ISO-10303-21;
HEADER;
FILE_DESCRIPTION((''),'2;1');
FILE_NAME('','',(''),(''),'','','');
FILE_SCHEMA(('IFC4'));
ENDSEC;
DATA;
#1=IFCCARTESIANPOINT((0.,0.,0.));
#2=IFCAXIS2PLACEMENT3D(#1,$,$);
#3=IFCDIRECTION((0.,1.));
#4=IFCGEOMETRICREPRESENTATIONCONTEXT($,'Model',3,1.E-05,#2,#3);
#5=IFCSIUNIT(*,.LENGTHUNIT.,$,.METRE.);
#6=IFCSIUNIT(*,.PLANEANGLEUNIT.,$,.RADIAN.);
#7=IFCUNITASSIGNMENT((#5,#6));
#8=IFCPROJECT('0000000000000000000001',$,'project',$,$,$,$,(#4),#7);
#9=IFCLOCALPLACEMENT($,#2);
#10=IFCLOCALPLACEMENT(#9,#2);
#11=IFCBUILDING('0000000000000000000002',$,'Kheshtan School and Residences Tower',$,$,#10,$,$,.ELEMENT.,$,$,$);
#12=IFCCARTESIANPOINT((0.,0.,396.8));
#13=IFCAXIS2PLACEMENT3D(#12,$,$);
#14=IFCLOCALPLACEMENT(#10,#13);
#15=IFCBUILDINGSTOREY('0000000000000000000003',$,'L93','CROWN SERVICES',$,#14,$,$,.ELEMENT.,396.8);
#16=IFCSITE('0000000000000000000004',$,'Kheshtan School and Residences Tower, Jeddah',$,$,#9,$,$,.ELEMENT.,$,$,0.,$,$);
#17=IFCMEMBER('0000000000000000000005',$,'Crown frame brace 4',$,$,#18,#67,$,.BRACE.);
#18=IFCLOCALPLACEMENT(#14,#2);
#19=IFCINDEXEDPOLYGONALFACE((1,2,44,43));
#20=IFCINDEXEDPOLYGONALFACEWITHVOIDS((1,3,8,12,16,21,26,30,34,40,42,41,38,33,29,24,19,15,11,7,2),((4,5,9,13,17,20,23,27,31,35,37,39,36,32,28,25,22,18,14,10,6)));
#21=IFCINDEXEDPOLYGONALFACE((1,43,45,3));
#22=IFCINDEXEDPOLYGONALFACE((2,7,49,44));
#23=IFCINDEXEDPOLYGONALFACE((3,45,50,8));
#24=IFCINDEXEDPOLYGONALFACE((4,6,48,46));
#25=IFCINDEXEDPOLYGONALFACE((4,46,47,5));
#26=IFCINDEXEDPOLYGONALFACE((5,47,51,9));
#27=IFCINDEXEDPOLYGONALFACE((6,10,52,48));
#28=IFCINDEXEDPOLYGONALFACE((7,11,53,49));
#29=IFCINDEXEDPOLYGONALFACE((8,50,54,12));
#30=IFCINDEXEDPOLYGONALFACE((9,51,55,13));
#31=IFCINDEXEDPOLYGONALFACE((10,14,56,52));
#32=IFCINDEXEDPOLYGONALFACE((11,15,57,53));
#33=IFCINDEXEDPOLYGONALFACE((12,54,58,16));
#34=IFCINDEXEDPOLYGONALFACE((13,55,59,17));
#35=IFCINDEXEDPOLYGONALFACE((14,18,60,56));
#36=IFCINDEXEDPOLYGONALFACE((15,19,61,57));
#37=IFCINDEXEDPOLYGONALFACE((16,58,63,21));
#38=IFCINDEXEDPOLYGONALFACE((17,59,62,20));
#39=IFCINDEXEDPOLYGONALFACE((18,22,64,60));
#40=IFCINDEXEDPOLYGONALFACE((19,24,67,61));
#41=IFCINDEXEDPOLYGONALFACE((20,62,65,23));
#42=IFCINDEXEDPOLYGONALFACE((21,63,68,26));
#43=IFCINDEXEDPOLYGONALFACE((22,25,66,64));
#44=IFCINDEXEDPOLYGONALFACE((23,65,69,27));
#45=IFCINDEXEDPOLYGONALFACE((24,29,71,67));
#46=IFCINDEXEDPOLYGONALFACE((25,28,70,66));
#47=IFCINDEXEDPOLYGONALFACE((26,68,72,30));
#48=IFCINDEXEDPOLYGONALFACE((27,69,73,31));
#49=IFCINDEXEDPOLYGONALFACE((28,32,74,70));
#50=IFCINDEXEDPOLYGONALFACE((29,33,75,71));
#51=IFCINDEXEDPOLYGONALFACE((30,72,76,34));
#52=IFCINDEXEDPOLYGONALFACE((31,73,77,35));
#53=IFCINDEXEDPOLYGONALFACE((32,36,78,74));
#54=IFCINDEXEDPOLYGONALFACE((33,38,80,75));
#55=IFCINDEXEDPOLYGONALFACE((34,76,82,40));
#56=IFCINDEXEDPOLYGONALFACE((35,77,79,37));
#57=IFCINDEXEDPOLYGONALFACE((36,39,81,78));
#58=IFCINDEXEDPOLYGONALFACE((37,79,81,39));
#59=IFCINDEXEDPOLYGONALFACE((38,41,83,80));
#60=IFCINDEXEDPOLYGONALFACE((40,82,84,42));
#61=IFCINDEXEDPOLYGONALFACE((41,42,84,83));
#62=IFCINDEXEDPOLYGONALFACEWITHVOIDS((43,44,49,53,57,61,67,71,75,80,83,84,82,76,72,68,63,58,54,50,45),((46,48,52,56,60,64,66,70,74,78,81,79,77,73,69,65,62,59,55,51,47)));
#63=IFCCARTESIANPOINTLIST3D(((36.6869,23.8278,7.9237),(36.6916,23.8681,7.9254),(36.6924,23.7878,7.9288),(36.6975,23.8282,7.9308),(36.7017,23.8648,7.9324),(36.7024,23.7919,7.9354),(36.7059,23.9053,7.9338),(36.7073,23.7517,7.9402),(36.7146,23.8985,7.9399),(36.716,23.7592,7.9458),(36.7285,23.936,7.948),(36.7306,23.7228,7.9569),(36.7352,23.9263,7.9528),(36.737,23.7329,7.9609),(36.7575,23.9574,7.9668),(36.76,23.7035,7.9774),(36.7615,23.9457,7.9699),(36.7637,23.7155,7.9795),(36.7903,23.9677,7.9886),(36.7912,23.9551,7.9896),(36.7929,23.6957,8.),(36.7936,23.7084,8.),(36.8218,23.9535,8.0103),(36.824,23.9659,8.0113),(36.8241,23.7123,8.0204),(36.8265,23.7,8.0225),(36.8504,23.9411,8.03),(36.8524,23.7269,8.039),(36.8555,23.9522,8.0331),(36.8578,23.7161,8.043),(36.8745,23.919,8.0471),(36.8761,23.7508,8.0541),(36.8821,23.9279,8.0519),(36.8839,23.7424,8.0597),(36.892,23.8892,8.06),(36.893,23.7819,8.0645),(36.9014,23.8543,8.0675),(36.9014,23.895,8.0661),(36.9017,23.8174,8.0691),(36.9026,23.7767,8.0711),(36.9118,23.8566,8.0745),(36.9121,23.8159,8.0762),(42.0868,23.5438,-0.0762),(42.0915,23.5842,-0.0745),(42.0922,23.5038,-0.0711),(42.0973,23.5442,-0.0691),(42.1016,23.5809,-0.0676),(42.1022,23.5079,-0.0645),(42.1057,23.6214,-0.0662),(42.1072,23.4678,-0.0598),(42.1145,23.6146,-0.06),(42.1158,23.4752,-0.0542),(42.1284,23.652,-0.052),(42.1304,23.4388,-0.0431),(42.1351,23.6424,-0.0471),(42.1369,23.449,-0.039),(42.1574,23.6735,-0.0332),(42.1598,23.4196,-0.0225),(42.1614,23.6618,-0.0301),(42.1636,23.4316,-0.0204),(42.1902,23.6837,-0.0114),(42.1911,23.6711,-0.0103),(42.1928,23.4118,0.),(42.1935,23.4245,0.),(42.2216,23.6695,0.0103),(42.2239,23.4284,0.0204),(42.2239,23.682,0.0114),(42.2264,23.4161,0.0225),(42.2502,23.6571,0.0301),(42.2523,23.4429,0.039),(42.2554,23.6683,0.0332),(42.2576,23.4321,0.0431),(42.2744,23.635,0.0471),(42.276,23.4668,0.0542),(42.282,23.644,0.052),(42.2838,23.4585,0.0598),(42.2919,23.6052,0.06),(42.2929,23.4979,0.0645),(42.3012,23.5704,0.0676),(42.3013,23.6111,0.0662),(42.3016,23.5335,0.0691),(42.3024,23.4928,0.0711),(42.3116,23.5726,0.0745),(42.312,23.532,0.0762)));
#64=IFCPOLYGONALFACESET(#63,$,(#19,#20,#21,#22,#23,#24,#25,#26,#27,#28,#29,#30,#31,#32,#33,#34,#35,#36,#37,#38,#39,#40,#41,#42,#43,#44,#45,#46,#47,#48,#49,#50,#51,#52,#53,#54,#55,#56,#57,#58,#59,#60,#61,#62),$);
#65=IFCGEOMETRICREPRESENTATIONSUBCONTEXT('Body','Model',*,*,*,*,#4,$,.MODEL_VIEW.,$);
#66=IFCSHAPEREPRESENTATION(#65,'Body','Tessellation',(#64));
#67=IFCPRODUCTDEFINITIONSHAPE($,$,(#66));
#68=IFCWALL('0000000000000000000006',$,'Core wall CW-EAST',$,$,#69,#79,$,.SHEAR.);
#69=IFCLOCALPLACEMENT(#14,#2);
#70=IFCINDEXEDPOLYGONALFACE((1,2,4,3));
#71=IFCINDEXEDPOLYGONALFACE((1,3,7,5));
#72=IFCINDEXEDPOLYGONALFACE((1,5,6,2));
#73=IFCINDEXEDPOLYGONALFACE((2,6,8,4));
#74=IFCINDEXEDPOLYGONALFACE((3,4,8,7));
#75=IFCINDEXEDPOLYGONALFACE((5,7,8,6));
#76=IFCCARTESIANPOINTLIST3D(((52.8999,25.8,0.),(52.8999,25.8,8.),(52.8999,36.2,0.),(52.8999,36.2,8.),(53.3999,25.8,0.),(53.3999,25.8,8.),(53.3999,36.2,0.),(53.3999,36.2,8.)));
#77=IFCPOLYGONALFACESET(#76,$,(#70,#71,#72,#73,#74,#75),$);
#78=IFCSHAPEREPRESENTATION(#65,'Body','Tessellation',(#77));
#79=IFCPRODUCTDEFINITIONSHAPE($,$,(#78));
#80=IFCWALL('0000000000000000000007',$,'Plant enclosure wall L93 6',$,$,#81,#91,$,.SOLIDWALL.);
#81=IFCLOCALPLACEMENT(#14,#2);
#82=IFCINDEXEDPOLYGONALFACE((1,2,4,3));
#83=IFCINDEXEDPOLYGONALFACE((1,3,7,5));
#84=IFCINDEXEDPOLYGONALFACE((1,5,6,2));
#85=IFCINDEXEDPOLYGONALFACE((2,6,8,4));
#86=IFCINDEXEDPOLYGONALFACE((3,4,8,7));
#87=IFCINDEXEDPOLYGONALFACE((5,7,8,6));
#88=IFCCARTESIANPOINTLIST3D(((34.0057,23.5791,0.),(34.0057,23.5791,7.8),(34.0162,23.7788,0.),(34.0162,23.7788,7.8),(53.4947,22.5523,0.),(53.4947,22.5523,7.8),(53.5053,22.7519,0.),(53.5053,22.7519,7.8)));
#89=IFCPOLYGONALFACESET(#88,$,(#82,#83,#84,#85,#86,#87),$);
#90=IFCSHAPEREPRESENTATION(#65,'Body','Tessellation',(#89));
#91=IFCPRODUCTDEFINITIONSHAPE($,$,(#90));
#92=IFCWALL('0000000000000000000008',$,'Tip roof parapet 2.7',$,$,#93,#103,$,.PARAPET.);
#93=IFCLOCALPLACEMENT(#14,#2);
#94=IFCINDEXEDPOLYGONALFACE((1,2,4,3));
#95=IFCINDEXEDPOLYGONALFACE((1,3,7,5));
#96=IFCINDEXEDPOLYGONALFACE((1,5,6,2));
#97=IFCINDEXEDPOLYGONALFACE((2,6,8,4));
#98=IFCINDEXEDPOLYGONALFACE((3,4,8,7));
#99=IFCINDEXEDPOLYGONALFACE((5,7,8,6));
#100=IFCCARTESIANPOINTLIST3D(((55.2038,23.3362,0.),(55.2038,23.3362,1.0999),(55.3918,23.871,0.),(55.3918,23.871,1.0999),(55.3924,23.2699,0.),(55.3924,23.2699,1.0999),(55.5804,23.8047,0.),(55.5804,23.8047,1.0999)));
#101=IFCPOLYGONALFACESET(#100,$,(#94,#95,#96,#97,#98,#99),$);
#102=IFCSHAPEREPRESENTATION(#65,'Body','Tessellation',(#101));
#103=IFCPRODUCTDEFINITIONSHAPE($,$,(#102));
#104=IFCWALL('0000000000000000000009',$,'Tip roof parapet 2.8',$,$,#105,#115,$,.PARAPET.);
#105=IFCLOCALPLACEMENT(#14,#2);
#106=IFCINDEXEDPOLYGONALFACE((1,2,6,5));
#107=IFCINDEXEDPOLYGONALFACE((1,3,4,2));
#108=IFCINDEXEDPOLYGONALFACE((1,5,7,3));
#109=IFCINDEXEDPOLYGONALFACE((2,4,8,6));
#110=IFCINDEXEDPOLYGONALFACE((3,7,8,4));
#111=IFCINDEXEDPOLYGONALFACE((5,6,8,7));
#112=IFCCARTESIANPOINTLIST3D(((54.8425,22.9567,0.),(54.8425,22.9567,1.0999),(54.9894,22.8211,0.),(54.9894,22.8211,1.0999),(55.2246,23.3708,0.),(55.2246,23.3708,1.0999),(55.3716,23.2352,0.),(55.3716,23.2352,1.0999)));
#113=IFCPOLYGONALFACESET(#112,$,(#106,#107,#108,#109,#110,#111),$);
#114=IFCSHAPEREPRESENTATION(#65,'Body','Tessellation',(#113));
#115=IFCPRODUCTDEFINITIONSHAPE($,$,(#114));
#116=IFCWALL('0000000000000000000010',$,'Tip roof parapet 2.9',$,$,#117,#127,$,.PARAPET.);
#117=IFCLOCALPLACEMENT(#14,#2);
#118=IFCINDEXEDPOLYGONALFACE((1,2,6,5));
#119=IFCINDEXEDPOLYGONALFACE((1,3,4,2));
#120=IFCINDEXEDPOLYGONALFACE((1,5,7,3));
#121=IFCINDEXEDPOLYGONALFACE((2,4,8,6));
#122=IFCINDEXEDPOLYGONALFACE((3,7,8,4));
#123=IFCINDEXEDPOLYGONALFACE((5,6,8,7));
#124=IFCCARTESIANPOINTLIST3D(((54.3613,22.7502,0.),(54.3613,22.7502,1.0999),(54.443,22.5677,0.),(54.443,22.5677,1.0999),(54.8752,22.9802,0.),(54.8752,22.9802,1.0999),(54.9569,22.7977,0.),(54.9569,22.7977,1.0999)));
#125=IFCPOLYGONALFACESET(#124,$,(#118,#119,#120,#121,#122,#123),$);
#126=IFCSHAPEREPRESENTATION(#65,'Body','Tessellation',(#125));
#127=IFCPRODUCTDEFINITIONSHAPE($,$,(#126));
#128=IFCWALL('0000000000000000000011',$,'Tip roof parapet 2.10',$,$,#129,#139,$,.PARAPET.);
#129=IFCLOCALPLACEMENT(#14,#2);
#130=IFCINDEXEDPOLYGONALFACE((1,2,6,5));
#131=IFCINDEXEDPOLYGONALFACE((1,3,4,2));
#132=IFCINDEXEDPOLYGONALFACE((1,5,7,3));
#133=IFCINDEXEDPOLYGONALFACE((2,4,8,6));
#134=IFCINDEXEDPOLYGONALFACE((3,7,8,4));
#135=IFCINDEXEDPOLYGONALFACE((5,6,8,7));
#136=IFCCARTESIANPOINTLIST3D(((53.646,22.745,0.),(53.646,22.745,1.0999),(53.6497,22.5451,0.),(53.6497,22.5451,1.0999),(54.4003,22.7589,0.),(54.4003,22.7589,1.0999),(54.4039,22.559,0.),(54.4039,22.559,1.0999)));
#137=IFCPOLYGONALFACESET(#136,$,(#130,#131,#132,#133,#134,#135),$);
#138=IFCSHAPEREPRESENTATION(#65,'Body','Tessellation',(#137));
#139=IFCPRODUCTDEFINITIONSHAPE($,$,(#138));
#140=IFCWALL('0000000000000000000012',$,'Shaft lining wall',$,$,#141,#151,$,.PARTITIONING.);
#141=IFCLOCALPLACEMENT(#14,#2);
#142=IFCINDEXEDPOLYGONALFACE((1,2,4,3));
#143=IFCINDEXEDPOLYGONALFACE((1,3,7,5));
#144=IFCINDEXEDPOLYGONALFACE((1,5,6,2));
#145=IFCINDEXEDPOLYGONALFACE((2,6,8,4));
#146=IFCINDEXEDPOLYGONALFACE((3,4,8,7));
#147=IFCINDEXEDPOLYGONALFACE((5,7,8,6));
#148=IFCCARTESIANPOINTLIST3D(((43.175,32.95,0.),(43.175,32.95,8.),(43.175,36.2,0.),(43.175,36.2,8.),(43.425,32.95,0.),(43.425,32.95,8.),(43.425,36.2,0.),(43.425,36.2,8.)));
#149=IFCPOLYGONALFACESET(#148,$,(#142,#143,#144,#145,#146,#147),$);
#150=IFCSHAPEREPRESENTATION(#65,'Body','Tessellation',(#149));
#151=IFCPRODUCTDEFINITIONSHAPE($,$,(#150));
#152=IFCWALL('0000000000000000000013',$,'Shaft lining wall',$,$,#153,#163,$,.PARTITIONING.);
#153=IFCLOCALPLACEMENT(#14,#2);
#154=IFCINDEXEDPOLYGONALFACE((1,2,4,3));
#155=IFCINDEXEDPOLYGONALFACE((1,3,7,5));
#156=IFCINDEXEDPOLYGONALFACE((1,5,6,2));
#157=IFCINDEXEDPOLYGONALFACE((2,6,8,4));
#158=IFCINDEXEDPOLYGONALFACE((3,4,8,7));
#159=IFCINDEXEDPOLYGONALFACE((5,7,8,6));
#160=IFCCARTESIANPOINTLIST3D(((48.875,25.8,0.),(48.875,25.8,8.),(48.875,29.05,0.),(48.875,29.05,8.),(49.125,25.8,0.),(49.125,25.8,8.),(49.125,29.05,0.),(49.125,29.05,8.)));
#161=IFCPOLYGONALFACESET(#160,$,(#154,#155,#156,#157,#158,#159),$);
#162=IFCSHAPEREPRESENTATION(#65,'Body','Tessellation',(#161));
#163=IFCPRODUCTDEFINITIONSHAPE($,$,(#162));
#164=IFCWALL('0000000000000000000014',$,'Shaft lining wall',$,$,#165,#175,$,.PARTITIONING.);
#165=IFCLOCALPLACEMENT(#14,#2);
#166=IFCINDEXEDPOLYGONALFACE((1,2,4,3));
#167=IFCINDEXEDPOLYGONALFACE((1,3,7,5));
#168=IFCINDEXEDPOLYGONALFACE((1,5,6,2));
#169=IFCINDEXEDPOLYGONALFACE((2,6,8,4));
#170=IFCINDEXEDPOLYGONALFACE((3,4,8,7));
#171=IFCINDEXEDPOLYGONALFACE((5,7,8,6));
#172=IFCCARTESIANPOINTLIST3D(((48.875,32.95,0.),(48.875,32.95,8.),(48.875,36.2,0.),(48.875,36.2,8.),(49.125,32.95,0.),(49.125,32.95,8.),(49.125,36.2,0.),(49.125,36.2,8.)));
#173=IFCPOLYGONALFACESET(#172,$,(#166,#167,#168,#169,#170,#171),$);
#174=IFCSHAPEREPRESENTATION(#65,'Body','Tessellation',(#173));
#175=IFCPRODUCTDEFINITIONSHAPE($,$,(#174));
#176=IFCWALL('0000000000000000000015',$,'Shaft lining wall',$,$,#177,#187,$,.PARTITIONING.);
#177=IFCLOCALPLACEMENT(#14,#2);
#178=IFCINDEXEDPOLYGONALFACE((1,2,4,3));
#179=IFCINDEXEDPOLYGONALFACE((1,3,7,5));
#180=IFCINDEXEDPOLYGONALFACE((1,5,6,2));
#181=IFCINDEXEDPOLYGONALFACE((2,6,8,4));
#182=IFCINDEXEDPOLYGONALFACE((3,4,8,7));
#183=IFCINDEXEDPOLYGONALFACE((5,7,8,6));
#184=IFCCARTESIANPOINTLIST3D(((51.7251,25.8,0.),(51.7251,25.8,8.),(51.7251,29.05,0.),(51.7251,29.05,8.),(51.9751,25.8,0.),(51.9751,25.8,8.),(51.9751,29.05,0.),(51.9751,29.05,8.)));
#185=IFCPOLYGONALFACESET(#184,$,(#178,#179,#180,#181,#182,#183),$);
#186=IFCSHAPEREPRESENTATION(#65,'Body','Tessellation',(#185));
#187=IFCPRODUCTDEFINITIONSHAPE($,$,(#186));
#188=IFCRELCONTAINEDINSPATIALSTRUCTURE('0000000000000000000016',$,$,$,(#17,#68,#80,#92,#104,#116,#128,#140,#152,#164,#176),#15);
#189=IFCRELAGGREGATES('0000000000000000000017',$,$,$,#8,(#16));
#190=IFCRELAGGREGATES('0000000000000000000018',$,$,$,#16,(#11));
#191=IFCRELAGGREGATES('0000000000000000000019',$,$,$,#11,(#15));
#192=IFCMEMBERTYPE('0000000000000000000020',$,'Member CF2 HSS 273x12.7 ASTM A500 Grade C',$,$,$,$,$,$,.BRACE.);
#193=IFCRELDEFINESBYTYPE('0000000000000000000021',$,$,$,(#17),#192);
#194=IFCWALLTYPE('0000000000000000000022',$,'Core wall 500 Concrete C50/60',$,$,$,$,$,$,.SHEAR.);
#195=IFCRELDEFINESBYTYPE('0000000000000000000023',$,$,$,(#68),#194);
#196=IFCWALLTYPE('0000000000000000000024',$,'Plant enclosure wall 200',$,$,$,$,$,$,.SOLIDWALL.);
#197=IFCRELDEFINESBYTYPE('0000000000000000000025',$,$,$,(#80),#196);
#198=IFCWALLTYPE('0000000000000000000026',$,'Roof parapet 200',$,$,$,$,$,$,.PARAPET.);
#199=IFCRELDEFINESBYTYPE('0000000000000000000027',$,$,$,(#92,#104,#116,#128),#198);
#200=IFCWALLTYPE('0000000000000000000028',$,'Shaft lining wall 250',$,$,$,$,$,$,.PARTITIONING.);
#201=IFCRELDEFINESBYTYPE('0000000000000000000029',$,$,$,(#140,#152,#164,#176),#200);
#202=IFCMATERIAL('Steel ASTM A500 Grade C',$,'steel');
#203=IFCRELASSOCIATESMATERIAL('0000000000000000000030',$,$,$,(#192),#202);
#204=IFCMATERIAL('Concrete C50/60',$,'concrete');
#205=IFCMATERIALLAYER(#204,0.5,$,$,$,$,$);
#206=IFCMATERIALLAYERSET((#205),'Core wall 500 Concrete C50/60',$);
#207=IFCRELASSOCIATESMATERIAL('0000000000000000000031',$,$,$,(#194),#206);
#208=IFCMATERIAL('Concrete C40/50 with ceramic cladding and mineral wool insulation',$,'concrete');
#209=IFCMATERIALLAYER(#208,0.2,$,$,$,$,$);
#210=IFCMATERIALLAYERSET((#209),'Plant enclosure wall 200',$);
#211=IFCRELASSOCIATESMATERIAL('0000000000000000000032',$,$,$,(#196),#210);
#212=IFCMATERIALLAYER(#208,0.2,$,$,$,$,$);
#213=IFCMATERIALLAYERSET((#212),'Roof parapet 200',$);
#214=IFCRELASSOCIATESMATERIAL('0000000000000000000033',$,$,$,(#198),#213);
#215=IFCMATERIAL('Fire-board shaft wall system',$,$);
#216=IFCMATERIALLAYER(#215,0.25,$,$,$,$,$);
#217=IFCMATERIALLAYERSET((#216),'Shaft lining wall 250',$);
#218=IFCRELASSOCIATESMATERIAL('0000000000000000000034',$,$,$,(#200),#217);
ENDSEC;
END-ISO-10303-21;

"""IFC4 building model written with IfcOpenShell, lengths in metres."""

from ifc_helpers import new_model, si_unit, direction, frame, frame_2d, origin, origin_2d, place, context, subcontext, project, spatial, rectangle, hollow_circle, extrude, material, layer, layer_set, material_profile, profile_set, type_object, element, save


model = new_model("IFC4")

# Units and contexts
model_context = context("Model", 3, precision=1e-05, world=origin(), true_north=direction((0.0, 1.0)))
body_context = subcontext(model_context, "Body", "Model", "MODEL_VIEW")
ifc_project = project(units=[si_unit("LENGTHUNIT", "METRE"), si_unit("PLANEANGLEUNIT", "RADIAN")], contexts=[model_context])

# Site, building, storey
site_placement = place(None, origin())
site = spatial("IfcSite", under=ifc_project, at=site_placement, Name="Kheshtan School and Residences Tower, Jeddah", CompositionType="ELEMENT", RefElevation=0.0)
building_placement = place(site_placement, origin())
building = spatial("IfcBuilding", under=site, at=building_placement, Name="Kheshtan School and Residences Tower", CompositionType="ELEMENT")
storey_placement = place(building_placement, frame((0.0, 0.0, 396.8)))
storey = spatial("IfcBuildingStorey", under=building, at=storey_placement, Name="L93", Description="CROWN SERVICES", CompositionType="ELEMENT", Elevation=396.8)

# Shared definitions
ifc_material_1 = material(Name="Steel ASTM A500 Grade C", Category="steel")

# Member
ifc_material_profile_1 = material_profile(ifc_material_1, hollow_circle(Radius=0.1365, WallThickness=0.0127, at=origin_2d()), Name="HSS 273x12.7")
ifc_profile_set_1 = profile_set([ifc_material_profile_1], Name="Steel ASTM A500 Grade C")
member_type = type_object("IfcMemberType", Name="Member CF2 HSS 273x12.7 ASTM A500 Grade C", PredefinedType="BRACE", material=ifc_profile_set_1)
for number, where, z_axis, x_axis, name in (
    (1, (42.2, 23.5481, 0.0), (-0.559224, 0.029405, 0.828495), (-0.052509, -0.99862, 0.0), "Crown frame brace 4"),
):
    element("IfcMember", number, at=place(storey_placement, frame(where, z_axis=z_axis, x_axis=x_axis)), inside=storey, type_object=member_type, Name=name, PredefinedType="BRACE", context=body_context, shape_type="SweptSolid", body=[
        extrude(hollow_circle(Radius=0.1365, WallThickness=0.0127, at=origin_2d()), origin(), (0.0, 0.0, 1.0), 9.656),
    ])

# Walls
ifc_material_2 = material(Name="Concrete C50/60", Category="concrete")
ifc_layer_1 = layer(ifc_material_2, 0.5)
ifc_layer_set_1 = layer_set([ifc_layer_1], Name="Core wall 500 Concrete C50/60")
wall_type_1 = type_object("IfcWallType", Name="Core wall 500 Concrete C50/60", PredefinedType="SHEAR", material=ifc_layer_set_1)
wall_1_placement = place(storey_placement, frame((53.1499, 25.8, 0.0), z_axis=(0.0, 0.0, 1.0), x_axis=(0.0, 1.0, 0.0)))
element("IfcWall", 2, at=wall_1_placement, inside=storey, type_object=wall_type_1, Name="Core wall CW-EAST", PredefinedType="SHEAR", context=body_context, shape_type="SweptSolid", body=[
    extrude(rectangle(XDim=10.3999, YDim=0.5, at=frame_2d((5.2, 0.0))), origin(), (0.0, 0.0, 1.0), 8.0),
])
ifc_material_3 = material(Name="Concrete C40/50 with ceramic cladding and mineral wool insulation", Category="concrete")
ifc_layer_2 = layer(ifc_material_3, 0.2)
ifc_layer_set_2 = layer_set([ifc_layer_2], Name="Plant enclosure wall 200")
wall_type_2 = type_object("IfcWallType", Name="Plant enclosure wall 200", PredefinedType="SOLIDWALL", material=ifc_layer_set_2)
wall_2_placement = place(storey_placement, frame((53.5, 22.6521, 0.0), z_axis=(0.0, 0.0, 1.0), x_axis=(-0.998615, 0.052616, 0.0)))
element("IfcWall", 3, at=wall_2_placement, inside=storey, type_object=wall_type_2, Name="Plant enclosure wall L93 6", PredefinedType="SOLIDWALL", context=body_context, shape_type="SweptSolid", body=[
    extrude(rectangle(XDim=19.5161, YDim=0.2, at=frame_2d((9.7581, 0.0))), origin(), (0.0, 0.0, 1.0), 7.8),
])
ifc_layer_3 = layer(ifc_material_3, 0.2)
ifc_layer_set_3 = layer_set([ifc_layer_3], Name="Roof parapet 200")
wall_type_3 = type_object("IfcWallType", Name="Roof parapet 200", PredefinedType="PARAPET", material=ifc_layer_set_3)
wall_3_placement = place(storey_placement, frame((55.4861, 23.8379, 0.0), z_axis=(0.0, 0.0, 1.0), x_axis=(-0.331559, -0.943435, 0.0)))
element("IfcWall", 4, at=wall_3_placement, inside=storey, type_object=wall_type_3, Name="Tip roof parapet 2.7", PredefinedType="PARAPET", context=body_context, shape_type="SweptSolid", body=[
    extrude(rectangle(XDim=0.5669, YDim=0.2, at=frame_2d((0.2834, 0.0))), origin(), (0.0, 0.0, 1.0), 1.0999),
])
wall_4_placement = place(storey_placement, frame((55.2981, 23.303, 0.0), z_axis=(0.0, 0.0, 1.0), x_axis=(-0.678154, -0.73492, 0.0)))
element("IfcWall", 5, at=wall_4_placement, inside=storey, type_object=wall_type_3, Name="Tip roof parapet 2.8", PredefinedType="PARAPET", context=body_context, shape_type="SweptSolid", body=[
    extrude(rectangle(XDim=0.5635, YDim=0.2, at=frame_2d((0.2817, 0.0))), origin(), (0.0, 0.0, 1.0), 1.0999),
])
wall_5_placement = place(storey_placement, frame((54.916, 22.8889, 0.0), z_axis=(0.0, 0.0, 1.0), x_axis=(-0.912771, -0.408471, 0.0)))
element("IfcWall", 6, at=wall_5_placement, inside=storey, type_object=wall_type_3, Name="Tip roof parapet 2.9", PredefinedType="PARAPET", context=body_context, shape_type="SweptSolid", body=[
    extrude(rectangle(XDim=0.563, YDim=0.2, at=frame_2d((0.2815, 0.0))), origin(), (0.0, 0.0, 1.0), 1.0999),
])
wall_6_placement = place(storey_placement, frame((54.4021, 22.6589, 0.0), z_axis=(0.0, 0.0, 1.0), x_axis=(-0.99983, -0.018449, 0.0)))
element("IfcWall", 7, at=wall_6_placement, inside=storey, type_object=wall_type_3, Name="Tip roof parapet 2.10", PredefinedType="PARAPET", context=body_context, shape_type="SweptSolid", body=[
    extrude(rectangle(XDim=0.7544, YDim=0.2, at=frame_2d((0.3772, 0.0))), origin(), (0.0, 0.0, 1.0), 1.0999),
])
ifc_material_4 = material(Name="Fire-board shaft wall system")
ifc_layer_4 = layer(ifc_material_4, 0.25)
ifc_layer_set_4 = layer_set([ifc_layer_4], Name="Shaft lining wall 250")
wall_type_4 = type_object("IfcWallType", Name="Shaft lining wall 250", PredefinedType="PARTITIONING", material=ifc_layer_set_4)
for number, where, z_axis, x_axis, name in (
    (8, (43.3, 32.95, 0.0), (0.0, 0.0, 1.0), (0.0, 1.0, 0.0), "Shaft lining wall"),
    (9, (49.0, 25.8, 0.0), (0.0, 0.0, 1.0), (0.0, 1.0, 0.0), "Shaft lining wall"),
    (10, (49.0, 32.95, 0.0), (0.0, 0.0, 1.0), (0.0, 1.0, 0.0), "Shaft lining wall"),
    (11, (51.8501, 25.8, 0.0), (0.0, 0.0, 1.0), (0.0, 1.0, 0.0), "Shaft lining wall"),
):
    element("IfcWall", number, at=place(storey_placement, frame(where, z_axis=z_axis, x_axis=x_axis)), inside=storey, type_object=wall_type_4, Name=name, PredefinedType="PARTITIONING", context=body_context, shape_type="SweptSolid", body=[
        extrude(rectangle(XDim=3.25, YDim=0.25, at=frame_2d((1.625, 0.0))), origin(), (0.0, 0.0, 1.0), 8.0),
    ])

save(model, "model.ifc")
